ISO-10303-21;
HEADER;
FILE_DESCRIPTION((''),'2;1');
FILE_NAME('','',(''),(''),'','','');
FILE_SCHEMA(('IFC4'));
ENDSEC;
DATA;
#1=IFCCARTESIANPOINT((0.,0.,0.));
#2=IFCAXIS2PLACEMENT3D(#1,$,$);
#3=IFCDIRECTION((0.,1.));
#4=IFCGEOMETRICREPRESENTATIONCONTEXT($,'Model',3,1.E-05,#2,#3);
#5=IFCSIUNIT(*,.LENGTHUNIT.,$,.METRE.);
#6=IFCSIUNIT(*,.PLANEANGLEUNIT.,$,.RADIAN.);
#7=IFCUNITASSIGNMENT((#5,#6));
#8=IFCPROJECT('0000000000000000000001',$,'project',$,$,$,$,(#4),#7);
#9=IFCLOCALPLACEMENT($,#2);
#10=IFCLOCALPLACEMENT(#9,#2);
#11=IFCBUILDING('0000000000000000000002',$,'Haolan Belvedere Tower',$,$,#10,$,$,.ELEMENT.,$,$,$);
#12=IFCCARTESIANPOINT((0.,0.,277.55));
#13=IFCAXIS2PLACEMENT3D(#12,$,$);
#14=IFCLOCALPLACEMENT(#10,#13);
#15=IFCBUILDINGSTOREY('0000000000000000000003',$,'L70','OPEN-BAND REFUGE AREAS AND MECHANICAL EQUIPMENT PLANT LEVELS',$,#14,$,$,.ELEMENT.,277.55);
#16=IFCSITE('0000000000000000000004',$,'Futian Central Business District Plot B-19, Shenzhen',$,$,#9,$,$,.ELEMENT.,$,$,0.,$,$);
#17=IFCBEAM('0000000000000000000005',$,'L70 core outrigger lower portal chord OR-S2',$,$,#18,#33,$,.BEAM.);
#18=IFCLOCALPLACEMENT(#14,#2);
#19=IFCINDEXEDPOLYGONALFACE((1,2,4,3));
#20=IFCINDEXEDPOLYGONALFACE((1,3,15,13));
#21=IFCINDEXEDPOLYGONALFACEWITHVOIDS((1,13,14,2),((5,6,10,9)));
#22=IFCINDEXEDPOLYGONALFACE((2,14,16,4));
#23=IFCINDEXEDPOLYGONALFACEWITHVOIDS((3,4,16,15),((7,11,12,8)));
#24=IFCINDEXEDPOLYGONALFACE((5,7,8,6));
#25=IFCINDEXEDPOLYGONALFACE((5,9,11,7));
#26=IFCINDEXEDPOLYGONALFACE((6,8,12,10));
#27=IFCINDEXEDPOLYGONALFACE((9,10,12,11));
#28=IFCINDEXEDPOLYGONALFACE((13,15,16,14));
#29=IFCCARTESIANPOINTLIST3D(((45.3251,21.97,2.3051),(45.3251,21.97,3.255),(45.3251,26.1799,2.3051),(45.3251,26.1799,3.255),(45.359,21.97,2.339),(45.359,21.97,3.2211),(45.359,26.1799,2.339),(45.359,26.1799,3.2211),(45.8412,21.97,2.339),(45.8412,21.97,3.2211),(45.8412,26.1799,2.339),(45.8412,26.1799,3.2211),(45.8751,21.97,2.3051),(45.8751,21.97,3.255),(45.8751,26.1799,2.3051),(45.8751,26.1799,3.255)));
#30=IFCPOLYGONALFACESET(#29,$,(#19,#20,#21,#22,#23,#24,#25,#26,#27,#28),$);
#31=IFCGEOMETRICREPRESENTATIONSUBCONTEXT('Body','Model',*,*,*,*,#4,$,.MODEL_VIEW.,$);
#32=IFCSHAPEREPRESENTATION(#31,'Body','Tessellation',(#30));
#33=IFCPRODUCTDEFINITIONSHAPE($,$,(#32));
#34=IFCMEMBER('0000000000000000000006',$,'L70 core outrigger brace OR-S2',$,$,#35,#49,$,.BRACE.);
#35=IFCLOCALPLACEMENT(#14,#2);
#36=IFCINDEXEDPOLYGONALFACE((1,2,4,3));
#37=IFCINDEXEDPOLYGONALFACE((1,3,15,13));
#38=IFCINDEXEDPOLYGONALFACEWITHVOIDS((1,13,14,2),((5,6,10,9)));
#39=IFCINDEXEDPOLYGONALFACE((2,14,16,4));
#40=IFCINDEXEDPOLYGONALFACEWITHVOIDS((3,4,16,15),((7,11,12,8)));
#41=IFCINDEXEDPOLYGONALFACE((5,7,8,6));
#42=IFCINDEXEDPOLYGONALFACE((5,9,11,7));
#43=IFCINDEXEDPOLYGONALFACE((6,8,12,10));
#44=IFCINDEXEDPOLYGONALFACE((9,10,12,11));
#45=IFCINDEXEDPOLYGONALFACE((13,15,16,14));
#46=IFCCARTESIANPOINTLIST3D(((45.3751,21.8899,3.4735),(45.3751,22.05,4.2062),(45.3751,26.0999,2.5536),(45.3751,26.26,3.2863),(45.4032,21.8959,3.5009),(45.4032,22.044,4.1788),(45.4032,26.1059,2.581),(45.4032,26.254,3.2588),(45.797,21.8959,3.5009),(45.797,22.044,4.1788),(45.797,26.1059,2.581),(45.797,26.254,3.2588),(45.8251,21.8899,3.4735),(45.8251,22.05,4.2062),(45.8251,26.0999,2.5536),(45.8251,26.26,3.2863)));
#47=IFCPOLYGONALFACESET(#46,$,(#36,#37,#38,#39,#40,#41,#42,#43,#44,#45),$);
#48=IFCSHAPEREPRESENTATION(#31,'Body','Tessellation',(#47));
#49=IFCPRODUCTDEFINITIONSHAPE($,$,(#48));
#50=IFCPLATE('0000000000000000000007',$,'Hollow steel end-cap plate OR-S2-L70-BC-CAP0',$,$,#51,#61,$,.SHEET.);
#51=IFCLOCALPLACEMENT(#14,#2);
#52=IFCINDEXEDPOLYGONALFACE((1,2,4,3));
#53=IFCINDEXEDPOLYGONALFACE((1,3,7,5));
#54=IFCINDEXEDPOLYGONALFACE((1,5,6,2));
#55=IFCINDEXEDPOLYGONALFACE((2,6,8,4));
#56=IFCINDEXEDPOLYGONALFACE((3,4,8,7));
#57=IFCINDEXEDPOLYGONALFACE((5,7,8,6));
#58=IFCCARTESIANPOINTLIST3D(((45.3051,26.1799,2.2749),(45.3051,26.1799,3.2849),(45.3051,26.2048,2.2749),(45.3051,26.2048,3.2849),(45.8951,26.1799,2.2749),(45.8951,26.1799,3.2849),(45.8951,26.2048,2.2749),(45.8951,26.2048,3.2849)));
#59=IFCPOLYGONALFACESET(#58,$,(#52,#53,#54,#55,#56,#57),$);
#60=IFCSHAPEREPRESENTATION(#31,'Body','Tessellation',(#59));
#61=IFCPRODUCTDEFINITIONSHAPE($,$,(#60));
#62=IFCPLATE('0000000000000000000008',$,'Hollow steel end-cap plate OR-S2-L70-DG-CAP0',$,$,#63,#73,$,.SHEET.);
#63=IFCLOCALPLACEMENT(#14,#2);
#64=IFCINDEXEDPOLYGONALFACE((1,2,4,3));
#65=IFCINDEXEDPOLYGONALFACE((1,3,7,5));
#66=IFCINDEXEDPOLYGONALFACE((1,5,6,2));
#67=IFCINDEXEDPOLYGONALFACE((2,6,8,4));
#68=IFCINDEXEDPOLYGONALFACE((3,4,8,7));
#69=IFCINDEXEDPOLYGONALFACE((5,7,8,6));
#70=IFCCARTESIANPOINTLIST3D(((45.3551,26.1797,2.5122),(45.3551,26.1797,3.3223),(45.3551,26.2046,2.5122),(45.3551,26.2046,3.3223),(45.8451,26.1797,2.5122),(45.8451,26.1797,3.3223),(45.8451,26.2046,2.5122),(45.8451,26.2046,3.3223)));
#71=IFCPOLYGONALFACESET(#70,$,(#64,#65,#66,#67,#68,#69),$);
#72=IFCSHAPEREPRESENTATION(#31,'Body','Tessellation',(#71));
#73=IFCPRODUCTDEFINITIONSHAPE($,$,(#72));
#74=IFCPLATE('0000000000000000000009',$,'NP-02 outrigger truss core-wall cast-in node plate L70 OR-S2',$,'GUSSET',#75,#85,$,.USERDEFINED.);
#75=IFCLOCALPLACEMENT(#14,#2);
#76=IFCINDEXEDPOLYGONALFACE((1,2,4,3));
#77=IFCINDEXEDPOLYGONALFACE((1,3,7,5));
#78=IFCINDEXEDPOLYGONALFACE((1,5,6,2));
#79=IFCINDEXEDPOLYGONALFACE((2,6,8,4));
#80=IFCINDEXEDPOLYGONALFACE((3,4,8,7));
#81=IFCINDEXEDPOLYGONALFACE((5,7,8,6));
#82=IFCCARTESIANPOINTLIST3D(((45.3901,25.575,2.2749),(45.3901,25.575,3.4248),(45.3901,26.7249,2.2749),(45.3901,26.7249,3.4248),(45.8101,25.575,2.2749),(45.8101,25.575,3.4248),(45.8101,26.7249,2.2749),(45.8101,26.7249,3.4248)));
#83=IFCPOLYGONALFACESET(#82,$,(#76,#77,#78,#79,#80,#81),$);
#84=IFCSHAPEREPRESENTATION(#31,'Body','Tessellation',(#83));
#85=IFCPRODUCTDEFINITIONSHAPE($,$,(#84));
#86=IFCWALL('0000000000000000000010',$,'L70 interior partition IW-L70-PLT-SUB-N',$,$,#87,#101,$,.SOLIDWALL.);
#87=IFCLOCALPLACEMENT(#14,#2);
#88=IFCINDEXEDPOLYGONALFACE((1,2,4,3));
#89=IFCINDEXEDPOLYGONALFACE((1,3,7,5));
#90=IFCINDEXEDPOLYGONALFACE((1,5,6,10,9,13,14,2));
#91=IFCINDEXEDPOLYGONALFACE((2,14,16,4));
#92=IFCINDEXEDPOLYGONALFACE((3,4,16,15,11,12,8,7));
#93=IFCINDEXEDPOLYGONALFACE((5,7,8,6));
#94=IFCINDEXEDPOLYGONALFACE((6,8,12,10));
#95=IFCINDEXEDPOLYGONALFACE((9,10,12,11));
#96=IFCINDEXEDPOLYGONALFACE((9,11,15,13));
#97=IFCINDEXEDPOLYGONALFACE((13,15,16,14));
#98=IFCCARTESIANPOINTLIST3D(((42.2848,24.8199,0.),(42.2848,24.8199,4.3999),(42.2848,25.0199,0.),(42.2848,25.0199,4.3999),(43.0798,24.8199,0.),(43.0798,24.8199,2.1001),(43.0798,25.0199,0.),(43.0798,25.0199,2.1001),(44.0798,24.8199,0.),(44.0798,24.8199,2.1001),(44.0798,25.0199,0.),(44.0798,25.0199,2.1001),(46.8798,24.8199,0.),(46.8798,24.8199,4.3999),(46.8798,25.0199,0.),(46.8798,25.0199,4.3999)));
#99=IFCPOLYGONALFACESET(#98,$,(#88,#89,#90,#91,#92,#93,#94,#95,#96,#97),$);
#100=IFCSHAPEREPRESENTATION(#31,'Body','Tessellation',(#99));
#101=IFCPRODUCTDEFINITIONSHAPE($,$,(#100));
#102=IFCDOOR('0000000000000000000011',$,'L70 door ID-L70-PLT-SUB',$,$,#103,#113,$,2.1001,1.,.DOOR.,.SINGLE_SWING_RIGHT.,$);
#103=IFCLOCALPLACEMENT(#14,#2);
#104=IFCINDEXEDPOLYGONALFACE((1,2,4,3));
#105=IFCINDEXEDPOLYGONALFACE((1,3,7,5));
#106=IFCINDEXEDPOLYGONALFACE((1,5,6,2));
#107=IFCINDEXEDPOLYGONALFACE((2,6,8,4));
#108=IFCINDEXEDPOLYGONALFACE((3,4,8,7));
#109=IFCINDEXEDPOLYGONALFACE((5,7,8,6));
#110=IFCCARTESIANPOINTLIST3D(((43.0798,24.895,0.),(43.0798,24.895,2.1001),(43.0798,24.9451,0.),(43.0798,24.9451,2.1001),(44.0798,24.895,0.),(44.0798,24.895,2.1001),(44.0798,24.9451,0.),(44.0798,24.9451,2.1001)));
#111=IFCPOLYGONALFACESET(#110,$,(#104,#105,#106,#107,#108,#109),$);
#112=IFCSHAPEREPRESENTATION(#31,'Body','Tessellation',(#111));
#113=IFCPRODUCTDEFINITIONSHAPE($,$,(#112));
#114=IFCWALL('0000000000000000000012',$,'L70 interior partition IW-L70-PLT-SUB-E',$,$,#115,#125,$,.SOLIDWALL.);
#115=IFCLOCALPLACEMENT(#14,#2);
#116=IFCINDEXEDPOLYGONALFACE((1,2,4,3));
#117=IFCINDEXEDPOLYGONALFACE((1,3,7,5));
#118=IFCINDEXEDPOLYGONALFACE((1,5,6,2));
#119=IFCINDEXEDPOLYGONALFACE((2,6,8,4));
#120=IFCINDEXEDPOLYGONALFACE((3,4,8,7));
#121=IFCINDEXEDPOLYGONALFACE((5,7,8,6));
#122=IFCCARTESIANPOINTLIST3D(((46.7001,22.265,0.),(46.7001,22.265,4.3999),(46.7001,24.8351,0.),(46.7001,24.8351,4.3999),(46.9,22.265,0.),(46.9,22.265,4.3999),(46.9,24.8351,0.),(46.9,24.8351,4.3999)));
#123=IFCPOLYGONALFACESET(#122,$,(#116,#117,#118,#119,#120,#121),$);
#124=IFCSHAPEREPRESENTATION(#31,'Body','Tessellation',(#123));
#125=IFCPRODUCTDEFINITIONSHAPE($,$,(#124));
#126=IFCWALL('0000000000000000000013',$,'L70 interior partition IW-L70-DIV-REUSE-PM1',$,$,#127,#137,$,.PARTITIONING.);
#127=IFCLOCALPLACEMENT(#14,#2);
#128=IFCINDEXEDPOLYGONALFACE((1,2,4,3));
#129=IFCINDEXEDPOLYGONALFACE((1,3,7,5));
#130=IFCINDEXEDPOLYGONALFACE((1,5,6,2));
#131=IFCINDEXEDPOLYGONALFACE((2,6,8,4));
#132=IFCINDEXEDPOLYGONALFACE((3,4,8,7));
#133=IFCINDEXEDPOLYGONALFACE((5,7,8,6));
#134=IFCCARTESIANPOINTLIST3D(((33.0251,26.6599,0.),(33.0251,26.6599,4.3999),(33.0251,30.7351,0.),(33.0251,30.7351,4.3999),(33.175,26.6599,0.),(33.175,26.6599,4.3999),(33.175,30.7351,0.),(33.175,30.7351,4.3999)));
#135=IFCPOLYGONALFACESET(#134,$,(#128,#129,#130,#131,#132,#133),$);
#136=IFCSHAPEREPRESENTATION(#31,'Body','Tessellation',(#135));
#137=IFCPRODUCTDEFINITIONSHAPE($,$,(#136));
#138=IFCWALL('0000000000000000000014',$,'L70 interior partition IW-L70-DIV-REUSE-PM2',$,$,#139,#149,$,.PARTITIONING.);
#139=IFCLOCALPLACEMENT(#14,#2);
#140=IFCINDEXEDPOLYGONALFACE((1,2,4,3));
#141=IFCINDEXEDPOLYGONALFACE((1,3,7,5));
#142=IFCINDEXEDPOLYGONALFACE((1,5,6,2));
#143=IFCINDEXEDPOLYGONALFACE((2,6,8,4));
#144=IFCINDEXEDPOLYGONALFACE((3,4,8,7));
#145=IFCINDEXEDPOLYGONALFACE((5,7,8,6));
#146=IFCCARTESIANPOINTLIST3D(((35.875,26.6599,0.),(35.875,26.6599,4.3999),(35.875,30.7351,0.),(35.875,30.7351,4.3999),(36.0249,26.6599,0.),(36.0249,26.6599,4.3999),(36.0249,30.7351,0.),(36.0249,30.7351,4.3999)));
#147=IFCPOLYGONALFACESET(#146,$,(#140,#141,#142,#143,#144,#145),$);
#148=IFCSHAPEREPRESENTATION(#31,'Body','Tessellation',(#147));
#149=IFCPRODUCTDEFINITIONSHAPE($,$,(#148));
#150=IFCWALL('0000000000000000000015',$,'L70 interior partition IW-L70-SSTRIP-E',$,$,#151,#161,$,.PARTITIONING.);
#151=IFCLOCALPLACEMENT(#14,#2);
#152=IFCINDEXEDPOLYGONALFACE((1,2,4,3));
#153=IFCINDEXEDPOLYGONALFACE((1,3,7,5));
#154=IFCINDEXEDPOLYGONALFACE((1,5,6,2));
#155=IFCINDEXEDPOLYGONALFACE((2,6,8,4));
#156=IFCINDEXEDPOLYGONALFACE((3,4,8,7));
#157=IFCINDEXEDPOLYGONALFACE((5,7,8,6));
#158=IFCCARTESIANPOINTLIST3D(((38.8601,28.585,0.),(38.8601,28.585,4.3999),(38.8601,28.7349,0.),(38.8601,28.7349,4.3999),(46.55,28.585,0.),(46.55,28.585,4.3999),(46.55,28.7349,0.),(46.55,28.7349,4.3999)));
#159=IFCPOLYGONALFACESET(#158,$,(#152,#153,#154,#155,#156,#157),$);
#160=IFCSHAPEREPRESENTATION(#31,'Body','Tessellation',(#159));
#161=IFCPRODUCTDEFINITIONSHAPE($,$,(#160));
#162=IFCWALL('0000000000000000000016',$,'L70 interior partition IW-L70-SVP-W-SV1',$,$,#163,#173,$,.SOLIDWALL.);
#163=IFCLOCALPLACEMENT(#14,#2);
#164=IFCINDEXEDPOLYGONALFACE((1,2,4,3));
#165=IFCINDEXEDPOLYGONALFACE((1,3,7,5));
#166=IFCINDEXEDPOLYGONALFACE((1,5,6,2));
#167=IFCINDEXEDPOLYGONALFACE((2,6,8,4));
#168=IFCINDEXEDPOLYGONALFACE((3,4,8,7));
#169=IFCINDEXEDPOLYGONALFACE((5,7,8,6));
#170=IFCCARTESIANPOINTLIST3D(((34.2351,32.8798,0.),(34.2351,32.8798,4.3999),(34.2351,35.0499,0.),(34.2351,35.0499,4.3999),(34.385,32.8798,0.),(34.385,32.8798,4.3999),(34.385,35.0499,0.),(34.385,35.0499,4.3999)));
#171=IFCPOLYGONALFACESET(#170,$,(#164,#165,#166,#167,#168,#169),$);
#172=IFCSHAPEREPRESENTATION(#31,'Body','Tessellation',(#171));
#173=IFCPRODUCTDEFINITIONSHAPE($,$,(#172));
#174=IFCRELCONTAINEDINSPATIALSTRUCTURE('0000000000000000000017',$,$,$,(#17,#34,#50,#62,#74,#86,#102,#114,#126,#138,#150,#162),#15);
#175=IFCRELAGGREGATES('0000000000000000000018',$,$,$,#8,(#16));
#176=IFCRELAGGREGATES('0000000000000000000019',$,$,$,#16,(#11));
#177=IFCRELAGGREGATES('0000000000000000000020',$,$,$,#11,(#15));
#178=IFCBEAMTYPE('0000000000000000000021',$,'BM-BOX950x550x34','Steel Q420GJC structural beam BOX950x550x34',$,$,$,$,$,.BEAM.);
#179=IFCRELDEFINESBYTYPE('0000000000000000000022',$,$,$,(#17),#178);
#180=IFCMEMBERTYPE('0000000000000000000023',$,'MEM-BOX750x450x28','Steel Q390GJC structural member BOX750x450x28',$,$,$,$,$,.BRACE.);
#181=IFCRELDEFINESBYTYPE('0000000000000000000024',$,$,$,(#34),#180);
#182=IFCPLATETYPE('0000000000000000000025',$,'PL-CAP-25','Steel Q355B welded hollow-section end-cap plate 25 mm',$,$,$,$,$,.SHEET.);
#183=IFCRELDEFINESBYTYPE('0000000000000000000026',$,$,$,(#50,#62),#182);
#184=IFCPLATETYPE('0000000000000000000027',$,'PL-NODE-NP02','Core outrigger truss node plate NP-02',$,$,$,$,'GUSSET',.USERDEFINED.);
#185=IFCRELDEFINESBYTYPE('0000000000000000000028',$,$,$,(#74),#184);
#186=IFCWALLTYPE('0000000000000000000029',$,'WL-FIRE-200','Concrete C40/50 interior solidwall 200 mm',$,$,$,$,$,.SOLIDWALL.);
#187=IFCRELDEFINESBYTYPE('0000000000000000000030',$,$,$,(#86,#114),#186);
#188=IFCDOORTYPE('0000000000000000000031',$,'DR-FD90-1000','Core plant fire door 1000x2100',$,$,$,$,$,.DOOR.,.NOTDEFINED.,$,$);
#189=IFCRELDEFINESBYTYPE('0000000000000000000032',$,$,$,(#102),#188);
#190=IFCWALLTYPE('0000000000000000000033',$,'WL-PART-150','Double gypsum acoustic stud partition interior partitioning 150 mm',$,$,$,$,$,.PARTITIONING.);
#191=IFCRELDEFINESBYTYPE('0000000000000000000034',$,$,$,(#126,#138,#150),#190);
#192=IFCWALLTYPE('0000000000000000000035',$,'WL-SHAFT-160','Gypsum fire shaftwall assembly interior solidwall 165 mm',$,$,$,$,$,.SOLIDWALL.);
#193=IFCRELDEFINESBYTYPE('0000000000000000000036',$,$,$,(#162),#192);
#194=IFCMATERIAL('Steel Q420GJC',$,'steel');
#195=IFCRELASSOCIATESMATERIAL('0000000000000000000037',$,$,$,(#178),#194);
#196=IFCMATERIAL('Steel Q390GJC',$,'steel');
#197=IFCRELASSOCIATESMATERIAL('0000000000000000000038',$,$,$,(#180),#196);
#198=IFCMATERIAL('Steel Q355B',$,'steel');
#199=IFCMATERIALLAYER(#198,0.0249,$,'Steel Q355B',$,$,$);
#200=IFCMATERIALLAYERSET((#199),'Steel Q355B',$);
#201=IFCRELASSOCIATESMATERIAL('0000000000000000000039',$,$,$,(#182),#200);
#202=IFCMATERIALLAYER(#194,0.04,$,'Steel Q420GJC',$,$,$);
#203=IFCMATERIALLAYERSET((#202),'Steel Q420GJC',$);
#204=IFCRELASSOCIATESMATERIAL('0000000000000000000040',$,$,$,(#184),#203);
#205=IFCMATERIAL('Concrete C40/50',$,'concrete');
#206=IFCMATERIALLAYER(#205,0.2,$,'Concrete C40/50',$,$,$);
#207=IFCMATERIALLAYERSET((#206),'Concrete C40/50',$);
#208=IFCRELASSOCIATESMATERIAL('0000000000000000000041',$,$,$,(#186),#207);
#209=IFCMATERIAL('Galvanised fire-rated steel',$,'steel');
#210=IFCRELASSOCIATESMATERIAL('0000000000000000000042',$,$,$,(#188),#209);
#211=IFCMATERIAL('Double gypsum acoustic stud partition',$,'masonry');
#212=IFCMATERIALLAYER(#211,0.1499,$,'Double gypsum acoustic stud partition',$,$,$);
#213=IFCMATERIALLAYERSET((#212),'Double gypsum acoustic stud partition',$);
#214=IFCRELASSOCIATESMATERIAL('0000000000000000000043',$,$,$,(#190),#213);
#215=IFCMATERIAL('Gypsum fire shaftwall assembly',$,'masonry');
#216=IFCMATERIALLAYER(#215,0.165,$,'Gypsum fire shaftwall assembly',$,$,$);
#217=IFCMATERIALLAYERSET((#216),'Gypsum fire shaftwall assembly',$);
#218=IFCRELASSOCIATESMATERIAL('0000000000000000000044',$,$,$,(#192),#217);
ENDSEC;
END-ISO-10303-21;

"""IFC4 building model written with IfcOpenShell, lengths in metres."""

from ifc_helpers import new_model, si_unit, direction, frame, frame_2d, origin, origin_2d, place, context, subcontext, project, spatial, rectangle, hollow_rectangle, extrude, material, layer, layer_set, material_profile, profile_set, type_object, element, fill, save


model = new_model("IFC4")

# Units and contexts
model_context = context("Model", 3, precision=1e-05, world=origin(), true_north=direction((0.0, 1.0)))
body_context = subcontext(model_context, "Body", "Model", "MODEL_VIEW")
ifc_project = project(units=[si_unit("LENGTHUNIT", "METRE"), si_unit("PLANEANGLEUNIT", "RADIAN")], contexts=[model_context])

# Site, building, storey
site_placement = place(None, origin())
site = spatial("IfcSite", under=ifc_project, at=site_placement, Name="Futian Central Business District Plot B-19, Shenzhen", CompositionType="ELEMENT", RefElevation=0.0)
building_placement = place(site_placement, origin())
building = spatial("IfcBuilding", under=site, at=building_placement, Name="Haolan Belvedere Tower", CompositionType="ELEMENT")
storey_placement = place(building_placement, frame((0.0, 0.0, 277.55)))
storey = spatial("IfcBuildingStorey", under=building, at=storey_placement, Name="L70", Description="OPEN-BAND REFUGE AREAS AND MECHANICAL EQUIPMENT PLANT LEVELS", CompositionType="ELEMENT", Elevation=277.55)

# Beam
ifc_material_1 = material(Name="Steel Q420GJC", Category="steel")
ifc_material_profile_1 = material_profile(ifc_material_1, hollow_rectangle(XDim=0.55, YDim=0.95, WallThickness=0.0339, at=origin_2d()), Name="Steel Q420GJC")
ifc_profile_set_1 = profile_set([ifc_material_profile_1], Name="Steel Q420GJC")
beam_type = type_object("IfcBeamType", Name="BM-BOX950x550x34", Description="Steel Q420GJC structural beam BOX950x550x34", PredefinedType="BEAM", material=ifc_profile_set_1)
beam_placement = place(storey_placement, frame((45.6001, 26.1799, 2.78), z_axis=(0.0, -1.0, 0.0), x_axis=(1.0, 0.0, 0.0)))
element("IfcBeam", 1, at=beam_placement, inside=storey, type_object=beam_type, Name="L70 core outrigger lower portal chord OR-S2", PredefinedType="BEAM", context=body_context, shape_type="SweptSolid", body=[
    extrude(hollow_rectangle(XDim=0.55, YDim=0.95, WallThickness=0.0339, at=origin_2d()), origin(), (0.0, 0.0, 1.0), 4.21),
])

# Member
ifc_material_2 = material(Name="Steel Q390GJC", Category="steel")
ifc_material_profile_2 = material_profile(ifc_material_2, hollow_rectangle(XDim=0.45, YDim=0.75, WallThickness=0.0281, at=origin_2d()), Name="Steel Q390GJC")
ifc_profile_set_2 = profile_set([ifc_material_profile_2], Name="Steel Q390GJC")
member_type = type_object("IfcMemberType", Name="MEM-BOX750x450x28", Description="Steel Q390GJC structural member BOX750x450x28", PredefinedType="BRACE", material=ifc_profile_set_2)
member_placement = place(storey_placement, frame((45.6001, 26.1799, 2.9199), z_axis=(0.0, -0.976949, 0.213474), x_axis=(1.0, 0.0, 0.0)))
element("IfcMember", 2, at=member_placement, inside=storey, type_object=member_type, Name="L70 core outrigger brace OR-S2", PredefinedType="BRACE", context=body_context, shape_type="SweptSolid", body=[
    extrude(hollow_rectangle(XDim=0.45, YDim=0.75, WallThickness=0.0281, at=origin_2d()), origin(), (0.0, 0.0, 1.0), 4.3093),
])

# Plates
ifc_material_3 = material(Name="Steel Q355B", Category="steel")
ifc_layer_1 = layer(ifc_material_3, 0.0249, Name="Steel Q355B")
ifc_layer_set_1 = layer_set([ifc_layer_1], Name="Steel Q355B")
plate_type_1 = type_object("IfcPlateType", Name="PL-CAP-25", Description="Steel Q355B welded hollow-section end-cap plate 25 mm", PredefinedType="SHEET", material=ifc_layer_set_1)
plate_1_placement = place(storey_placement, frame((45.6001, 26.1924, 2.2749), z_axis=(0.0, 0.0, 1.0), x_axis=(-1.0, 0.0, 0.0)))
element("IfcPlate", 3, at=plate_1_placement, inside=storey, type_object=plate_type_1, Name="Hollow steel end-cap plate OR-S2-L70-BC-CAP0", PredefinedType="SHEET", context=body_context, shape_type="SweptSolid", body=[
    extrude(rectangle(XDim=0.5901, YDim=0.0249, at=origin_2d()), origin(), (0.0, 0.0, 1.0), 1.01),
])
plate_2_placement = place(storey_placement, frame((45.6001, 26.1921, 2.5122), z_axis=(0.0, 0.0, 1.0), x_axis=(-1.0, 0.0, 0.0)))
element("IfcPlate", 4, at=plate_2_placement, inside=storey, type_object=plate_type_1, Name="Hollow steel end-cap plate OR-S2-L70-DG-CAP0", PredefinedType="SHEET", context=body_context, shape_type="SweptSolid", body=[
    extrude(rectangle(XDim=0.49, YDim=0.0249, at=origin_2d()), origin(), (0.0, 0.0, 1.0), 0.8101),
])
ifc_layer_2 = layer(ifc_material_1, 0.04, Name="Steel Q420GJC")
ifc_layer_set_2 = layer_set([ifc_layer_2], Name="Steel Q420GJC")
plate_type_2 = type_object("IfcPlateType", Name="PL-NODE-NP02", Description="Core outrigger truss node plate NP-02", ElementType="GUSSET", PredefinedType="USERDEFINED", material=ifc_layer_set_2)
plate_3_placement = place(storey_placement, frame((45.6001, 26.1499, 2.2749), z_axis=(0.0, 0.0, 1.0), x_axis=(1.0, 0.0, 0.0)))
element("IfcPlate", 5, at=plate_3_placement, inside=storey, type_object=plate_type_2, Name="NP-02 outrigger truss core-wall cast-in node plate L70 OR-S2", ObjectType="GUSSET", PredefinedType="USERDEFINED", context=body_context, shape_type="SweptSolid", body=[
    extrude(rectangle(XDim=0.4199, YDim=1.1499, at=origin_2d()), origin(), (0.0, 0.0, 1.0), 1.1499),
])

# Wall, opening, door
ifc_material_4 = material(Name="Concrete C40/50", Category="concrete")
ifc_layer_3 = layer(ifc_material_4, 0.2, Name="Concrete C40/50")
ifc_layer_set_3 = layer_set([ifc_layer_3], Name="Concrete C40/50")
wall_type_1 = type_object("IfcWallType", Name="WL-FIRE-200", Description="Concrete C40/50 interior solidwall 200 mm", PredefinedType="SOLIDWALL", material=ifc_layer_set_3)
wall_1_placement = place(storey_placement, frame((42.2849, 24.9199, 0.0), z_axis=(0.0, 0.0, 1.0), x_axis=(1.0, 0.0, 0.0)))
wall_1 = element("IfcWall", 6, at=wall_1_placement, inside=storey, type_object=wall_type_1, Name="L70 interior partition IW-L70-PLT-SUB-N", PredefinedType="SOLIDWALL", context=body_context, shape_type="SweptSolid", body=[
    extrude(rectangle(XDim=4.595, YDim=0.2, at=frame_2d((2.2974, 0.0))), origin(), (0.0, 0.0, 1.0), 4.3999),
])
opening_1_placement = place(wall_1_placement, frame((1.7949, 0.0, 0.0), z_axis=(0.0, 0.0, 1.0), x_axis=(-1.0, 0.0, 0.0)))
opening_1 = element("IfcOpeningElement", 7, at=opening_1_placement, cuts=wall_1, PredefinedType="OPENING", context=body_context, shape_type="SweptSolid", body=[
    extrude(rectangle(XDim=1.0, YDim=2.1001, at=frame_2d((0.5, 1.05))), frame((0.0, 0.1099, 0.0), z_axis=(0.0, -1.0, 0.0), x_axis=(1.0, 0.0, 0.0)), (0.0, 0.0, 1.0), 0.22),
])
ifc_material_5 = material(Name="Galvanised fire-rated steel", Category="steel")
door_type_1 = type_object("IfcDoorType", Name="DR-FD90-1000", Description="Core plant fire door 1000x2100", OperationType="NOTDEFINED", PredefinedType="DOOR", material=ifc_material_5)
door_1_placement = place(opening_1_placement, origin())
door_1 = element("IfcDoor", 8, at=door_1_placement, inside=storey, type_object=door_type_1, Name="L70 door ID-L70-PLT-SUB", OperationType="SINGLE_SWING_RIGHT", OverallHeight=2.1001, OverallWidth=1.0, PredefinedType="DOOR", context=body_context, shape_type="SweptSolid", body=[
    extrude(rectangle(XDim=1.0, YDim=2.1001, at=frame_2d((0.5, 1.05))), frame((0.0, 0.0249, 0.0), z_axis=(0.0, -1.0, 0.0), x_axis=(1.0, 0.0, 0.0)), (0.0, 0.0, 1.0), 0.05),
])
fill(opening_1, door_1)

# Walls
wall_2_placement = place(storey_placement, frame((46.8, 22.2649, 0.0), z_axis=(0.0, 0.0, 1.0), x_axis=(0.0, 1.0, 0.0)))
element("IfcWall", 9, at=wall_2_placement, inside=storey, type_object=wall_type_1, Name="L70 interior partition IW-L70-PLT-SUB-E", PredefinedType="SOLIDWALL", context=body_context, shape_type="SweptSolid", body=[
    extrude(rectangle(XDim=2.5701, YDim=0.2, at=frame_2d((1.2852, 0.0))), origin(), (0.0, 0.0, 1.0), 4.3999),
])
ifc_material_6 = material(Name="Double gypsum acoustic stud partition", Category="masonry")
ifc_layer_4 = layer(ifc_material_6, 0.1499, Name="Double gypsum acoustic stud partition")
ifc_layer_set_4 = layer_set([ifc_layer_4], Name="Double gypsum acoustic stud partition")
wall_type_2 = type_object("IfcWallType", Name="WL-PART-150", Description="Double gypsum acoustic stud partition interior partitioning 150 mm", PredefinedType="PARTITIONING", material=ifc_layer_set_4)
for number, where, z_axis, x_axis, name in (
    (10, (33.1001, 26.6599, 0.0), (0.0, 0.0, 1.0), (0.0, 1.0, 0.0), "L70 interior partition IW-L70-DIV-REUSE-PM1"),
    (11, (35.95, 26.6599, 0.0), (0.0, 0.0, 1.0), (0.0, 1.0, 0.0), "L70 interior partition IW-L70-DIV-REUSE-PM2"),
):
    element("IfcWall", number, at=place(storey_placement, frame(where, z_axis=z_axis, x_axis=x_axis)), inside=storey, type_object=wall_type_2, Name=name, PredefinedType="PARTITIONING", context=body_context, shape_type="SweptSolid", body=[
        extrude(rectangle(XDim=4.0752, YDim=0.1499, at=frame_2d((2.0376, 0.0))), origin(), (0.0, 0.0, 1.0), 4.3999),
    ])
wall_3_placement = place(storey_placement, frame((38.8601, 28.6599, 0.0), z_axis=(0.0, 0.0, 1.0), x_axis=(1.0, 0.0, 0.0)))
element("IfcWall", 12, at=wall_3_placement, inside=storey, type_object=wall_type_2, Name="L70 interior partition IW-L70-SSTRIP-E", PredefinedType="PARTITIONING", context=body_context, shape_type="SweptSolid", body=[
    extrude(rectangle(XDim=7.6899, YDim=0.1499, at=frame_2d((3.845, 0.0))), origin(), (0.0, 0.0, 1.0), 4.3999),
])
ifc_material_7 = material(Name="Gypsum fire shaftwall assembly", Category="masonry")
ifc_layer_5 = layer(ifc_material_7, 0.165, Name="Gypsum fire shaftwall assembly")
ifc_layer_set_5 = layer_set([ifc_layer_5], Name="Gypsum fire shaftwall assembly")
wall_type_3 = type_object("IfcWallType", Name="WL-SHAFT-160", Description="Gypsum fire shaftwall assembly interior solidwall 165 mm", PredefinedType="SOLIDWALL", material=ifc_layer_set_5)
for number, where, z_axis, x_axis, name in (
    (13, (34.3101, 32.8799, 0.0), (0.0, 0.0, 1.0), (0.0, 1.0, 0.0), "L70 interior partition IW-L70-SVP-W-SV1"),
):
    element("IfcWall", number, at=place(storey_placement, frame(where, z_axis=z_axis, x_axis=x_axis)), inside=storey, type_object=wall_type_3, Name=name, PredefinedType="SOLIDWALL", context=body_context, shape_type="SweptSolid", body=[
        extrude(rectangle(XDim=2.1702, YDim=0.1499, at=frame_2d((1.085, 0.0))), origin(), (0.0, 0.0, 1.0), 4.3999),
    ])

save(model, "model.ifc")
